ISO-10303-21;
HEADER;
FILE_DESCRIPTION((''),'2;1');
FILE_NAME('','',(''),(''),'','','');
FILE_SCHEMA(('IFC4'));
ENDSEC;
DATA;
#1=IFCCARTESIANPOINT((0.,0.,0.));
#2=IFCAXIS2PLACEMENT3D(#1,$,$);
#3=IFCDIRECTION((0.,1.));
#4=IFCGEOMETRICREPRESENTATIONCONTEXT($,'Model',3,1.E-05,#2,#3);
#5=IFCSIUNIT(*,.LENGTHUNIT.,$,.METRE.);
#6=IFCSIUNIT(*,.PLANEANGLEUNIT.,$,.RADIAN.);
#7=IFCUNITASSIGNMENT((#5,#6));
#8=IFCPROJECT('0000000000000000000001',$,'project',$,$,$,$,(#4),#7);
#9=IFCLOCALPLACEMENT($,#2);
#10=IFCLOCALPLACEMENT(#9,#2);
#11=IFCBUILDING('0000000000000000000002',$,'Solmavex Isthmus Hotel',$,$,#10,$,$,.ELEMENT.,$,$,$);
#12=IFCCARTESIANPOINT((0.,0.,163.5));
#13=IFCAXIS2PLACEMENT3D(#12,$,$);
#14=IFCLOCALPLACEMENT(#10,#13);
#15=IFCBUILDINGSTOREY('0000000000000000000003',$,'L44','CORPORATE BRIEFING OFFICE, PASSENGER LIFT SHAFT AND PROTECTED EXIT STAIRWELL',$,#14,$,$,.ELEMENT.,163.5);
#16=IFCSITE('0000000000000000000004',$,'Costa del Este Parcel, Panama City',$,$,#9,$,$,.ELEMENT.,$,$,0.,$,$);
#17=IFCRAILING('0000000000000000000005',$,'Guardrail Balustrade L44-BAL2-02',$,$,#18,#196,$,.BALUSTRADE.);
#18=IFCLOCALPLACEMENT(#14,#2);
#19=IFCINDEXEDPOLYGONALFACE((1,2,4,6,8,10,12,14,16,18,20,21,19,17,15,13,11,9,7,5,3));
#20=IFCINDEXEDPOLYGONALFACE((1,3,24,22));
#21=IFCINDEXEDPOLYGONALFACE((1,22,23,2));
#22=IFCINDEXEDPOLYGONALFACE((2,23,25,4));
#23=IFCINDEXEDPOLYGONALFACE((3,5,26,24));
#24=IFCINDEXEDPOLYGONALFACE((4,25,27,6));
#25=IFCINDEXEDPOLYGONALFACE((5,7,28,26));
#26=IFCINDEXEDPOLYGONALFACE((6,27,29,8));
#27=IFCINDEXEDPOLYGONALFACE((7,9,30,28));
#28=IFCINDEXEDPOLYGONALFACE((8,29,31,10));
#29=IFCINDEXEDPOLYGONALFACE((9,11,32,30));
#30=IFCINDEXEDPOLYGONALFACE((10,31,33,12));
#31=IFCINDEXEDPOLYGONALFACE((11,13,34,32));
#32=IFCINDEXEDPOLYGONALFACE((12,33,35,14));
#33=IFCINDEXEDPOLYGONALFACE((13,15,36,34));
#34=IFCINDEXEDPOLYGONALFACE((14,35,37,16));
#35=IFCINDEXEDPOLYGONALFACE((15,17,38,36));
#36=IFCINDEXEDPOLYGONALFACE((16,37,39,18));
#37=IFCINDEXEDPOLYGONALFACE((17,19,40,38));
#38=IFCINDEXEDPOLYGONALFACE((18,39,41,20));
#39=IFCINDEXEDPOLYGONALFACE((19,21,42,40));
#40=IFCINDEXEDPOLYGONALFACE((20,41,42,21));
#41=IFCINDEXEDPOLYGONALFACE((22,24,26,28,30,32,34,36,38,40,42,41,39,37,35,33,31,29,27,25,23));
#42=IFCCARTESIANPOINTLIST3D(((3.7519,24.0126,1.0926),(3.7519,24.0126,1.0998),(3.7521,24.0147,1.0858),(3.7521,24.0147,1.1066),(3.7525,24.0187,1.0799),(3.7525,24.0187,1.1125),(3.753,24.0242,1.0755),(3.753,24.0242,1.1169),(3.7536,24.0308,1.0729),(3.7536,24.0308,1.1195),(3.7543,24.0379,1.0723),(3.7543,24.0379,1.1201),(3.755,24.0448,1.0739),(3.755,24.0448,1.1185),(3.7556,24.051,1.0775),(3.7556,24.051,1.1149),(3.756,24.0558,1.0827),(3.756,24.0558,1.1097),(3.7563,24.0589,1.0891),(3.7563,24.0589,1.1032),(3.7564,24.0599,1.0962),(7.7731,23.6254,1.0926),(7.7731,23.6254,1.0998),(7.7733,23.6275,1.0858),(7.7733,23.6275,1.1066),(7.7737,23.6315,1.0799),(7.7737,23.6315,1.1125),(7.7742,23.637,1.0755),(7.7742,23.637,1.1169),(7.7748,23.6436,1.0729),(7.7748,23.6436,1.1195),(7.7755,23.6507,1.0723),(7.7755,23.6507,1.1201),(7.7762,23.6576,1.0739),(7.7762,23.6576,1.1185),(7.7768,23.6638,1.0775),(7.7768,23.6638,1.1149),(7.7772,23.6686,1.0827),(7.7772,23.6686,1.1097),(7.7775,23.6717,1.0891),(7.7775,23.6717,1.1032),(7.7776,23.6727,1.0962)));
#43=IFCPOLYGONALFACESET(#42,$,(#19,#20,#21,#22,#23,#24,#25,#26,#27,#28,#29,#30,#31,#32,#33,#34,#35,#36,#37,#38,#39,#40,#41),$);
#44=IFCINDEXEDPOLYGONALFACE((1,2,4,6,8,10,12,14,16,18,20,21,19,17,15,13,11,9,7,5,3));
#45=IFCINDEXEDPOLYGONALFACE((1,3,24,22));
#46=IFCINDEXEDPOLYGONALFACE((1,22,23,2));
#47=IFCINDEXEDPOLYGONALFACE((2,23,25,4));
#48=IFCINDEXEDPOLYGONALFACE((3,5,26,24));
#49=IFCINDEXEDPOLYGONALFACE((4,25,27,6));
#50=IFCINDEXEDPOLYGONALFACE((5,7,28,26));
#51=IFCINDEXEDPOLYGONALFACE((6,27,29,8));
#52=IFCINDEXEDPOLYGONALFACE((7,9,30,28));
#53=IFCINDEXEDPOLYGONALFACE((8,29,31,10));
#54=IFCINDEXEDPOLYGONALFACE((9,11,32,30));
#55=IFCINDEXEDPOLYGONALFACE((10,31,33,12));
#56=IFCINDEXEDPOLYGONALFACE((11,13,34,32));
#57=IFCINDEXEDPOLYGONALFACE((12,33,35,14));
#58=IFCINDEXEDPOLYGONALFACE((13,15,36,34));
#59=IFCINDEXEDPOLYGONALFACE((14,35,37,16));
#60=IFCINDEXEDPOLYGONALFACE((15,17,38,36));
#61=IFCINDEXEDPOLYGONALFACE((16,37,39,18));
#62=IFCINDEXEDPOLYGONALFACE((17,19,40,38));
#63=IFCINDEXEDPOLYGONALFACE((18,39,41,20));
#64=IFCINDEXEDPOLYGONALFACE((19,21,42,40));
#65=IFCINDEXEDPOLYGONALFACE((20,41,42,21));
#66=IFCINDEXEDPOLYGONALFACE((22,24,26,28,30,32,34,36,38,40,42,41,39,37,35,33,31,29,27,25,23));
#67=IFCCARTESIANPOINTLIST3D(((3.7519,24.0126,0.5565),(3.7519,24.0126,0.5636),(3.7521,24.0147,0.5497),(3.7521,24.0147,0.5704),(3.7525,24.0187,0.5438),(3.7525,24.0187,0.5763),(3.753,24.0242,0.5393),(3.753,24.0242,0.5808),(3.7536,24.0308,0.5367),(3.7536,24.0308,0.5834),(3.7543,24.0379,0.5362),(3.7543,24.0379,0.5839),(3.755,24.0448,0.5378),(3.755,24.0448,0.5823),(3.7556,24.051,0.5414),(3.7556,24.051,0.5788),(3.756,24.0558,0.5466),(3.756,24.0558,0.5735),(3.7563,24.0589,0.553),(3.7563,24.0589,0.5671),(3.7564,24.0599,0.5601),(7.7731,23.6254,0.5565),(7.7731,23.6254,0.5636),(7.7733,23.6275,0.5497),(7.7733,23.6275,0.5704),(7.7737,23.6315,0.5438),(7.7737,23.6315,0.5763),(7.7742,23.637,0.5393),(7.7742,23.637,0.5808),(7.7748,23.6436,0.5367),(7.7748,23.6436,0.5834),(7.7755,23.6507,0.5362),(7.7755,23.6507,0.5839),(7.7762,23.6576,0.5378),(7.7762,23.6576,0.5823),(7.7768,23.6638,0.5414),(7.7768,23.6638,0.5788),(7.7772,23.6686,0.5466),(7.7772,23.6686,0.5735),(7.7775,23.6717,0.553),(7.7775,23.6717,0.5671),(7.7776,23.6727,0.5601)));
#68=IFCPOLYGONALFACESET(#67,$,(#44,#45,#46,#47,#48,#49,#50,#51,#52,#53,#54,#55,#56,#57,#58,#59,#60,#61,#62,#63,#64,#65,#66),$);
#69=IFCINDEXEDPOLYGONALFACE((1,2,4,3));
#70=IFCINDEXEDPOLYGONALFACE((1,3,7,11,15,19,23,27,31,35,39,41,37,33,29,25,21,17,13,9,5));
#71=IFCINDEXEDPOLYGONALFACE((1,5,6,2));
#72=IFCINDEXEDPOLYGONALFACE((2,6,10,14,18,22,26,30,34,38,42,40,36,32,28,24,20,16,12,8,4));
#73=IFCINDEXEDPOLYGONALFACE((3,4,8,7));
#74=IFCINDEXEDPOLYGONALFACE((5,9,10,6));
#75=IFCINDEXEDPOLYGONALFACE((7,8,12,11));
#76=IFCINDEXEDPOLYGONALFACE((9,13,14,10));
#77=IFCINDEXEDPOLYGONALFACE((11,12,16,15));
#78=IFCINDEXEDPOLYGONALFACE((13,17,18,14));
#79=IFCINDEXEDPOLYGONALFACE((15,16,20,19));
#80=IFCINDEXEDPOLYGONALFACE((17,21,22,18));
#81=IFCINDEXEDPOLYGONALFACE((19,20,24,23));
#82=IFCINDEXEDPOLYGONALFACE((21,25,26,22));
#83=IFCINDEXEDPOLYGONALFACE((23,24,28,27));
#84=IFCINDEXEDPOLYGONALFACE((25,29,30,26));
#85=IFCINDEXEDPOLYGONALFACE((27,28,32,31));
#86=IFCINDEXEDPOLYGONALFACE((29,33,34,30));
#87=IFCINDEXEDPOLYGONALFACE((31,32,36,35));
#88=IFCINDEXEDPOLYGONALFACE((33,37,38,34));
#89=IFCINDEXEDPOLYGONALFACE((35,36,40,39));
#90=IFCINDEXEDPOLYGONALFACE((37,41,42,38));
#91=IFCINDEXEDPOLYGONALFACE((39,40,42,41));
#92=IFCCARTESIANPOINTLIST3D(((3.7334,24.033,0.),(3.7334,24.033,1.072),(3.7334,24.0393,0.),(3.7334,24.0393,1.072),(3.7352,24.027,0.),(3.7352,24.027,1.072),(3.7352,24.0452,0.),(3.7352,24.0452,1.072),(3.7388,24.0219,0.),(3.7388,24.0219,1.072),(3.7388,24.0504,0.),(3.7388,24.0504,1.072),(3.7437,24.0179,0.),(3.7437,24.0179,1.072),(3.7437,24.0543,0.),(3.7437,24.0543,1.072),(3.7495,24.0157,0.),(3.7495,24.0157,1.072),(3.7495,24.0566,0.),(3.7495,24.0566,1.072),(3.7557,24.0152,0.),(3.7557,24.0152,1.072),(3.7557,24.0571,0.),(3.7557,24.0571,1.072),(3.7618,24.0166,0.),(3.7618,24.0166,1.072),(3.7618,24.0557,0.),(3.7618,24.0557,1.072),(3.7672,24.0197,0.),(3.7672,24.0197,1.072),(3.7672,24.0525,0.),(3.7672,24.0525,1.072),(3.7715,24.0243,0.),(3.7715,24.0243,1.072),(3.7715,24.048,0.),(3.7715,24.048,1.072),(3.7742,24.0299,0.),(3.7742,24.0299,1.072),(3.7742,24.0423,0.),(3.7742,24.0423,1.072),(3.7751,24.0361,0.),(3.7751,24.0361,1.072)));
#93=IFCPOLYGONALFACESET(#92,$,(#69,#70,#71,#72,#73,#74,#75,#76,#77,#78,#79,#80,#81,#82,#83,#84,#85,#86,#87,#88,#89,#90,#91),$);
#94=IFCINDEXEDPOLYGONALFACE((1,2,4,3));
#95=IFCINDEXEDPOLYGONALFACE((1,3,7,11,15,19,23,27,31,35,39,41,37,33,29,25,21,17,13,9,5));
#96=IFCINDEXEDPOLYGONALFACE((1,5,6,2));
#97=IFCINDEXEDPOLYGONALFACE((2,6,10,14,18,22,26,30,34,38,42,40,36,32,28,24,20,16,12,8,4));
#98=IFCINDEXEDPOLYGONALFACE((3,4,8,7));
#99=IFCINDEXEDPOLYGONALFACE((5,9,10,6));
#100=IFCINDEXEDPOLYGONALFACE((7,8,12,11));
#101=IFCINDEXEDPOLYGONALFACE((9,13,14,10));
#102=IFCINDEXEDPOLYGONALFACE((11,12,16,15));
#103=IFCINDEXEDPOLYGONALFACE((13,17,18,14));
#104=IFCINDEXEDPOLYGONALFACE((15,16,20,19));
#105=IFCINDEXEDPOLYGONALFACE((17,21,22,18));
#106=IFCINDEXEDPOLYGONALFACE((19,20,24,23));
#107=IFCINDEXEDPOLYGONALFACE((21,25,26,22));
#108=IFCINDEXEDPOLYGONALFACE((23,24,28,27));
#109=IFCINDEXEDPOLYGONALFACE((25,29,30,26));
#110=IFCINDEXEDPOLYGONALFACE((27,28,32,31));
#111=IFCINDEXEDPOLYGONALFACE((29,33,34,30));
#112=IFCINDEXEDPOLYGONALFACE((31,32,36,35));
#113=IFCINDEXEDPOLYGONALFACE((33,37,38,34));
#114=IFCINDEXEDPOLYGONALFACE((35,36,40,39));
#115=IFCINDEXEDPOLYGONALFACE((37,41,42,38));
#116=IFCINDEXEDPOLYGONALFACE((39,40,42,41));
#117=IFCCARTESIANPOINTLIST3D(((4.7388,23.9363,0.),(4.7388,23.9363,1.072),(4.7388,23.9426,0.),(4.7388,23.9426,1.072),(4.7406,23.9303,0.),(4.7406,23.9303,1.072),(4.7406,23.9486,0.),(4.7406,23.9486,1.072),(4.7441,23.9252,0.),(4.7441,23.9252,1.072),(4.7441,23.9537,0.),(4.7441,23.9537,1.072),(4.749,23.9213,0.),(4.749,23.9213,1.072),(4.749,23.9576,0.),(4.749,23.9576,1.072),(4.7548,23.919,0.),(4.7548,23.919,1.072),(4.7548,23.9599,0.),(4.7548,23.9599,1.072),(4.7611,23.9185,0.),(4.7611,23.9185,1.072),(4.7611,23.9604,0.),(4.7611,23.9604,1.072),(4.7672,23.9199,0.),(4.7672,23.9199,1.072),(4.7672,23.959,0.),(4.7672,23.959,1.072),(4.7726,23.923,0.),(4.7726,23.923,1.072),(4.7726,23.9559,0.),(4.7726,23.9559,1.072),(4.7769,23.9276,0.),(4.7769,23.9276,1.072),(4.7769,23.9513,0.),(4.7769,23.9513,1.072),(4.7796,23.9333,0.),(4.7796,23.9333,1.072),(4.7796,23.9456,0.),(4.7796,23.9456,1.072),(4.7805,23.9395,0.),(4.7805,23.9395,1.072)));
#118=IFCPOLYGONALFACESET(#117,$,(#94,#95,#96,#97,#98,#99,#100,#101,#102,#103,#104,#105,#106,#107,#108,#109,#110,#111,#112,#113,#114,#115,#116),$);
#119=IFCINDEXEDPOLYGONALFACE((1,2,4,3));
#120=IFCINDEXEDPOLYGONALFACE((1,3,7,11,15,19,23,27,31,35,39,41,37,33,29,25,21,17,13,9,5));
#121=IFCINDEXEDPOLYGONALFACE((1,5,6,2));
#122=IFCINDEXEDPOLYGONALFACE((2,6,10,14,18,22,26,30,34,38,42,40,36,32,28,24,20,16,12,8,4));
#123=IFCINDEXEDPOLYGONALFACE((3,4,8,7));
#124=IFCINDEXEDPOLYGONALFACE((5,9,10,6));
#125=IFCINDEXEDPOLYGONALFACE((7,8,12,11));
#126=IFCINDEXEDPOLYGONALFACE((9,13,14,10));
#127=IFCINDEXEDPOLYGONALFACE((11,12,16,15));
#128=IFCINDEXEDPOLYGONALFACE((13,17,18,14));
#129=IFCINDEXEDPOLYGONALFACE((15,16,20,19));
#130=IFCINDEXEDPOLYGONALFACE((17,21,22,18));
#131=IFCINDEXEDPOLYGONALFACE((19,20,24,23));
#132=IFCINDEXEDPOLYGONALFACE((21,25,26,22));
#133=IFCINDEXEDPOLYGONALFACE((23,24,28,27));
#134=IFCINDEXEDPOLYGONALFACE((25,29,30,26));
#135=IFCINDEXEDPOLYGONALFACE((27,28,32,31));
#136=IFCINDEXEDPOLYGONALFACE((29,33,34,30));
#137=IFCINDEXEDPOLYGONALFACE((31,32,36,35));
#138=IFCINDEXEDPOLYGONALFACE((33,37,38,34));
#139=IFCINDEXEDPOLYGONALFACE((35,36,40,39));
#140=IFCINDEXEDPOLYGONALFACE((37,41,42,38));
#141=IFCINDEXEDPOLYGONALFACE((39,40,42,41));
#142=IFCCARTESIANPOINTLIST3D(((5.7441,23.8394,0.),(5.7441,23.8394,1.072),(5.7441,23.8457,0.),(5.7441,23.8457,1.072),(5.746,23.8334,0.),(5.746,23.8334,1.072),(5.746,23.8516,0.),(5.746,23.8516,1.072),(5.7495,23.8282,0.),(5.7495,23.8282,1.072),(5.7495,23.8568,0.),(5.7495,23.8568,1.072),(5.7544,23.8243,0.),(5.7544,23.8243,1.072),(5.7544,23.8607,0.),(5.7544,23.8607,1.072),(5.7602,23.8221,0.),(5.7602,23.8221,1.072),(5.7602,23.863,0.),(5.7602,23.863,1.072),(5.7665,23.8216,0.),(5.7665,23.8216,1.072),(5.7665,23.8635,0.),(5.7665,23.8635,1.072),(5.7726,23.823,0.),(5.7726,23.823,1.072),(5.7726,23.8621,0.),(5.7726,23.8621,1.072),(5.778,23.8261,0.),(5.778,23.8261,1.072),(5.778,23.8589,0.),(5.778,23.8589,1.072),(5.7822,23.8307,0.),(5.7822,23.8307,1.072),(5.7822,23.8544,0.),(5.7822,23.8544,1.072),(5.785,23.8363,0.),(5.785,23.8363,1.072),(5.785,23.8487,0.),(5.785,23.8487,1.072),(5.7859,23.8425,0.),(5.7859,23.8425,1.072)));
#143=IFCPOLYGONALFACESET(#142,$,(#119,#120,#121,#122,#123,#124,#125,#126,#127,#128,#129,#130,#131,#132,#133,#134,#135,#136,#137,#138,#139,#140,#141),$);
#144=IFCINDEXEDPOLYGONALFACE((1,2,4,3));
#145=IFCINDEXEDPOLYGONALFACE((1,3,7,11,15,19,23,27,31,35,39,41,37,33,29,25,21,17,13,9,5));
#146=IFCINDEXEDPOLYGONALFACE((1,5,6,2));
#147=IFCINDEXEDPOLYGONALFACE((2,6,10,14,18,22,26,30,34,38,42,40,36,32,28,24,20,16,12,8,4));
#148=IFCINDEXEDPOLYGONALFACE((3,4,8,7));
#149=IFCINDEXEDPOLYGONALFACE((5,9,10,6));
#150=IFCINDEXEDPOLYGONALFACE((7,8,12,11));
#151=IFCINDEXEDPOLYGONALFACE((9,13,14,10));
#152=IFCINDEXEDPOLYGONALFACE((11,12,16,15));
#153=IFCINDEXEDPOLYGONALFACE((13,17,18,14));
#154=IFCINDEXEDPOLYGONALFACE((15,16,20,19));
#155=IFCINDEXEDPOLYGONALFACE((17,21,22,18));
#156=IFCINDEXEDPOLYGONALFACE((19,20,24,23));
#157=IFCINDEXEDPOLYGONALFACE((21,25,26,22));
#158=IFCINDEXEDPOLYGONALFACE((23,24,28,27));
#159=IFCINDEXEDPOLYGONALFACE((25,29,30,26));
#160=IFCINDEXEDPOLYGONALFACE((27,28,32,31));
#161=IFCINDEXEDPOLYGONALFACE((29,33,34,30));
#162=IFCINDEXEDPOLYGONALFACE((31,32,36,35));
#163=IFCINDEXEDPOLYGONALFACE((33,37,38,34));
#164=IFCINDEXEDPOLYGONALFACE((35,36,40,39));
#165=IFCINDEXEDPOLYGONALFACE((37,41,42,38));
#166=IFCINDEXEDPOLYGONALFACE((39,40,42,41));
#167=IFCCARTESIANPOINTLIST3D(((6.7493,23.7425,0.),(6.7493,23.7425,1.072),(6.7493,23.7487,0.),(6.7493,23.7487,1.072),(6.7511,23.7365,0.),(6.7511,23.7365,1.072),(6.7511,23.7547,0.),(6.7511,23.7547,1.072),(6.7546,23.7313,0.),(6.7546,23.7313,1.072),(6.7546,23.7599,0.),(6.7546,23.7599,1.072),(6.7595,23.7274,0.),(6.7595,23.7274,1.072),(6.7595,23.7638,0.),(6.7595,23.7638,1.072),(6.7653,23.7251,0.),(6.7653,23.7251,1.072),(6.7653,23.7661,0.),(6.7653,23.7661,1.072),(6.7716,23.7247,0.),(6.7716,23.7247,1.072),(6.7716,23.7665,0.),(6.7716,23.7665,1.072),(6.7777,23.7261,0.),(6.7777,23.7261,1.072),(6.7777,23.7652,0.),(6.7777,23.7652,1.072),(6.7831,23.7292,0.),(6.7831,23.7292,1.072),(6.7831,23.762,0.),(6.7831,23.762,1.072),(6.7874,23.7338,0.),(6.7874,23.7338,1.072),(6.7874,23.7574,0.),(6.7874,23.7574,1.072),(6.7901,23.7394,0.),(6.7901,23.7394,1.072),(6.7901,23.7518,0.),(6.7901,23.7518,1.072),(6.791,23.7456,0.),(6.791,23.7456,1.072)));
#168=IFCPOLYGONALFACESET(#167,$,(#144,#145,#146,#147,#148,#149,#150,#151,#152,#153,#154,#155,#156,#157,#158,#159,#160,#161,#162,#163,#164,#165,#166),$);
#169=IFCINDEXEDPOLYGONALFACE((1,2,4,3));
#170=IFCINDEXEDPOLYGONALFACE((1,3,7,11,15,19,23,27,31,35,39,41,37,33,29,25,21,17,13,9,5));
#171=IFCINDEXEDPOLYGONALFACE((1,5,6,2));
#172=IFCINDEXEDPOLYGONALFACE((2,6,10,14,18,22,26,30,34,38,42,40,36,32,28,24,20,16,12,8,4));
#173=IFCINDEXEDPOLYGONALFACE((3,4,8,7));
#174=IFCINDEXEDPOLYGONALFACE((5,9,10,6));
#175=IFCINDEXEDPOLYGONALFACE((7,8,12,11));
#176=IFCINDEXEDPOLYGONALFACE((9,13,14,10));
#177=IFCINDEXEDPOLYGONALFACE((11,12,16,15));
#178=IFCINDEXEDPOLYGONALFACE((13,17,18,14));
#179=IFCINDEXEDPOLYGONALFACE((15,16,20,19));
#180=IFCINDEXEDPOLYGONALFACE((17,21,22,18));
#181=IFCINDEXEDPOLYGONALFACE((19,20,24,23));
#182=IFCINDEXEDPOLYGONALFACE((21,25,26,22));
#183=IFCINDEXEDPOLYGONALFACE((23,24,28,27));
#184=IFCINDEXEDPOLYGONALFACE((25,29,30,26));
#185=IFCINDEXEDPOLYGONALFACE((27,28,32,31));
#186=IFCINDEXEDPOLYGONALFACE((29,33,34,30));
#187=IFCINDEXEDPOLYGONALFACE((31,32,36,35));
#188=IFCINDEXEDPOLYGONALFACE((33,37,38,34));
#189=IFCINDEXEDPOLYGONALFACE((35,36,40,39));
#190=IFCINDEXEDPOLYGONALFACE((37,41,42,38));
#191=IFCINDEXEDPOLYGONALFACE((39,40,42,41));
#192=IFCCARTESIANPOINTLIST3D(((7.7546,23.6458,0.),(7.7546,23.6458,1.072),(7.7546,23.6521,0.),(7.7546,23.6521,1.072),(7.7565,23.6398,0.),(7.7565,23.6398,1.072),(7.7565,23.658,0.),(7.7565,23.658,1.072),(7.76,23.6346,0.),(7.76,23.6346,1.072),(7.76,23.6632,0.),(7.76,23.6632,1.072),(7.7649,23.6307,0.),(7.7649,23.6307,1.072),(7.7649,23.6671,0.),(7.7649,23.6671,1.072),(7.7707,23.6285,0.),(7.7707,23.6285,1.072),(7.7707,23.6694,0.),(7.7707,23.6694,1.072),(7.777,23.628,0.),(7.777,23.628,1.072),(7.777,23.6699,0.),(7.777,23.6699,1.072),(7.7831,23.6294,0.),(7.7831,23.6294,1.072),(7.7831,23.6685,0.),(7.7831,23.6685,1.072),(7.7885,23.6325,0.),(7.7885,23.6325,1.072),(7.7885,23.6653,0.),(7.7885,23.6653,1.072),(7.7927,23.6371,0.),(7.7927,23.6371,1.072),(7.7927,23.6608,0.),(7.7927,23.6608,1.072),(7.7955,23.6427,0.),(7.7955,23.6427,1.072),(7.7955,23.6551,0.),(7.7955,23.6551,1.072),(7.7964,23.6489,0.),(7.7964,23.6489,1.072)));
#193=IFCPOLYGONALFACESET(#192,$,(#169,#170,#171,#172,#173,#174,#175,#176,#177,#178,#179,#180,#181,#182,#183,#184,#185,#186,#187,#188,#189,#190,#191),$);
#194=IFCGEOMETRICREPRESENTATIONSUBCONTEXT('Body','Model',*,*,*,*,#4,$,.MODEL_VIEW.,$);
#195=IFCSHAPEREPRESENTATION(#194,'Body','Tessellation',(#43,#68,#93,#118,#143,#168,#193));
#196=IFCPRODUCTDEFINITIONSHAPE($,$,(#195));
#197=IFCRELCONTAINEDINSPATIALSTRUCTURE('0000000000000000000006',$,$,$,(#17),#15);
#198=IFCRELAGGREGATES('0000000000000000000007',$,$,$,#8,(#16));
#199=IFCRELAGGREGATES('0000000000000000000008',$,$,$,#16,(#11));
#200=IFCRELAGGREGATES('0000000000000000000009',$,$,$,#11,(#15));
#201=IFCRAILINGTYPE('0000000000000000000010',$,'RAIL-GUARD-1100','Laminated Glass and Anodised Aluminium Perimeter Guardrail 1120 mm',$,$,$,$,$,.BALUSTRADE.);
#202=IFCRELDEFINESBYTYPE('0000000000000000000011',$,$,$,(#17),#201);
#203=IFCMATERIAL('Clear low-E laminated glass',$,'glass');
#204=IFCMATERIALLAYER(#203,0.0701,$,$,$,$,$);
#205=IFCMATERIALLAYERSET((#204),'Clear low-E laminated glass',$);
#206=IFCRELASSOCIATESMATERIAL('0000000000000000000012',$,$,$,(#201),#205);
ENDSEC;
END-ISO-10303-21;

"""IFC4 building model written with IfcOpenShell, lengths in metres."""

from ifc_helpers import new_model, si_unit, direction, frame, origin, origin_2d, place, context, subcontext, project, spatial, circle, extrude, material, layer, layer_set, type_object, element, save


model = new_model("IFC4")

# Units and contexts
model_context = context("Model", 3, precision=1e-05, world=origin(), true_north=direction((0.0, 1.0)))
body_context = subcontext(model_context, "Body", "Model", "MODEL_VIEW")
ifc_project = project(units=[si_unit("LENGTHUNIT", "METRE"), si_unit("PLANEANGLEUNIT", "RADIAN")], contexts=[model_context])

# Site, building, storey
site_placement = place(None, origin())
site = spatial("IfcSite", under=ifc_project, at=site_placement, Name="Costa del Este Parcel, Panama City", CompositionType="ELEMENT", RefElevation=0.0)
building_placement = place(site_placement, origin())
building = spatial("IfcBuilding", under=site, at=building_placement, Name="Solmavex Isthmus Hotel", CompositionType="ELEMENT")
storey_placement = place(building_placement, frame((0.0, 0.0, 163.5)))
storey = spatial("IfcBuildingStorey", under=building, at=storey_placement, Name="L44", Description="CORPORATE BRIEFING OFFICE, PASSENGER LIFT SHAFT AND PROTECTED EXIT STAIRWELL", CompositionType="ELEMENT", Elevation=163.5)

# Shared definitions
ifc_material_1 = material(Name="Clear low-E laminated glass", Category="glass")

# Railing
ifc_layer_1 = layer(ifc_material_1, 0.0701)
ifc_layer_set_1 = layer_set([ifc_layer_1], Name="Clear low-E laminated glass")
railing_type = type_object("IfcRailingType", Name="RAIL-GUARD-1100", Description="Laminated Glass and Anodised Aluminium Perimeter Guardrail 1120 mm", PredefinedType="BALUSTRADE", material=ifc_layer_set_1)
railing_1_placement = place(storey_placement, frame((3.7542, 24.0361, 0.0)))
element("IfcRailing", 1, at=railing_1_placement, inside=storey, type_object=railing_type, Name="Guardrail Balustrade L44-BAL2-02", PredefinedType="BALUSTRADE", context=body_context, shape_type="SweptSolid", body=[
    extrude(circle(Radius=0.0239, at=origin_2d()), frame((0.0, 0.0, 1.0962), z_axis=(0.995396, -0.095847, 0.0), x_axis=(0.095847, 0.995396, 0.0)), (0.0, 0.0, 1.0), 4.0398),
    extrude(circle(Radius=0.0239, at=origin_2d()), frame((0.0, 0.0, 0.5601), z_axis=(0.995396, -0.095847, 0.0), x_axis=(0.095847, 0.995396, 0.0)), (0.0, 0.0, 1.0), 4.0398),
    extrude(circle(Radius=0.021, at=origin_2d()), origin(), (0.0, 0.0, 1.0), 1.072),
    extrude(circle(Radius=0.021, at=origin_2d()), frame((1.0054, -0.0967, 0.0)), (0.0, 0.0, 1.0), 1.072),
    extrude(circle(Radius=0.021, at=origin_2d()), frame((2.0107, -0.1936, 0.0)), (0.0, 0.0, 1.0), 1.072),
    extrude(circle(Radius=0.021, at=origin_2d()), frame((3.0159, -0.2905, 0.0)), (0.0, 0.0, 1.0), 1.072),
    extrude(circle(Radius=0.021, at=origin_2d()), frame((4.0212, -0.3872, 0.0)), (0.0, 0.0, 1.0), 1.072),
])

save(model, "model.ifc")
